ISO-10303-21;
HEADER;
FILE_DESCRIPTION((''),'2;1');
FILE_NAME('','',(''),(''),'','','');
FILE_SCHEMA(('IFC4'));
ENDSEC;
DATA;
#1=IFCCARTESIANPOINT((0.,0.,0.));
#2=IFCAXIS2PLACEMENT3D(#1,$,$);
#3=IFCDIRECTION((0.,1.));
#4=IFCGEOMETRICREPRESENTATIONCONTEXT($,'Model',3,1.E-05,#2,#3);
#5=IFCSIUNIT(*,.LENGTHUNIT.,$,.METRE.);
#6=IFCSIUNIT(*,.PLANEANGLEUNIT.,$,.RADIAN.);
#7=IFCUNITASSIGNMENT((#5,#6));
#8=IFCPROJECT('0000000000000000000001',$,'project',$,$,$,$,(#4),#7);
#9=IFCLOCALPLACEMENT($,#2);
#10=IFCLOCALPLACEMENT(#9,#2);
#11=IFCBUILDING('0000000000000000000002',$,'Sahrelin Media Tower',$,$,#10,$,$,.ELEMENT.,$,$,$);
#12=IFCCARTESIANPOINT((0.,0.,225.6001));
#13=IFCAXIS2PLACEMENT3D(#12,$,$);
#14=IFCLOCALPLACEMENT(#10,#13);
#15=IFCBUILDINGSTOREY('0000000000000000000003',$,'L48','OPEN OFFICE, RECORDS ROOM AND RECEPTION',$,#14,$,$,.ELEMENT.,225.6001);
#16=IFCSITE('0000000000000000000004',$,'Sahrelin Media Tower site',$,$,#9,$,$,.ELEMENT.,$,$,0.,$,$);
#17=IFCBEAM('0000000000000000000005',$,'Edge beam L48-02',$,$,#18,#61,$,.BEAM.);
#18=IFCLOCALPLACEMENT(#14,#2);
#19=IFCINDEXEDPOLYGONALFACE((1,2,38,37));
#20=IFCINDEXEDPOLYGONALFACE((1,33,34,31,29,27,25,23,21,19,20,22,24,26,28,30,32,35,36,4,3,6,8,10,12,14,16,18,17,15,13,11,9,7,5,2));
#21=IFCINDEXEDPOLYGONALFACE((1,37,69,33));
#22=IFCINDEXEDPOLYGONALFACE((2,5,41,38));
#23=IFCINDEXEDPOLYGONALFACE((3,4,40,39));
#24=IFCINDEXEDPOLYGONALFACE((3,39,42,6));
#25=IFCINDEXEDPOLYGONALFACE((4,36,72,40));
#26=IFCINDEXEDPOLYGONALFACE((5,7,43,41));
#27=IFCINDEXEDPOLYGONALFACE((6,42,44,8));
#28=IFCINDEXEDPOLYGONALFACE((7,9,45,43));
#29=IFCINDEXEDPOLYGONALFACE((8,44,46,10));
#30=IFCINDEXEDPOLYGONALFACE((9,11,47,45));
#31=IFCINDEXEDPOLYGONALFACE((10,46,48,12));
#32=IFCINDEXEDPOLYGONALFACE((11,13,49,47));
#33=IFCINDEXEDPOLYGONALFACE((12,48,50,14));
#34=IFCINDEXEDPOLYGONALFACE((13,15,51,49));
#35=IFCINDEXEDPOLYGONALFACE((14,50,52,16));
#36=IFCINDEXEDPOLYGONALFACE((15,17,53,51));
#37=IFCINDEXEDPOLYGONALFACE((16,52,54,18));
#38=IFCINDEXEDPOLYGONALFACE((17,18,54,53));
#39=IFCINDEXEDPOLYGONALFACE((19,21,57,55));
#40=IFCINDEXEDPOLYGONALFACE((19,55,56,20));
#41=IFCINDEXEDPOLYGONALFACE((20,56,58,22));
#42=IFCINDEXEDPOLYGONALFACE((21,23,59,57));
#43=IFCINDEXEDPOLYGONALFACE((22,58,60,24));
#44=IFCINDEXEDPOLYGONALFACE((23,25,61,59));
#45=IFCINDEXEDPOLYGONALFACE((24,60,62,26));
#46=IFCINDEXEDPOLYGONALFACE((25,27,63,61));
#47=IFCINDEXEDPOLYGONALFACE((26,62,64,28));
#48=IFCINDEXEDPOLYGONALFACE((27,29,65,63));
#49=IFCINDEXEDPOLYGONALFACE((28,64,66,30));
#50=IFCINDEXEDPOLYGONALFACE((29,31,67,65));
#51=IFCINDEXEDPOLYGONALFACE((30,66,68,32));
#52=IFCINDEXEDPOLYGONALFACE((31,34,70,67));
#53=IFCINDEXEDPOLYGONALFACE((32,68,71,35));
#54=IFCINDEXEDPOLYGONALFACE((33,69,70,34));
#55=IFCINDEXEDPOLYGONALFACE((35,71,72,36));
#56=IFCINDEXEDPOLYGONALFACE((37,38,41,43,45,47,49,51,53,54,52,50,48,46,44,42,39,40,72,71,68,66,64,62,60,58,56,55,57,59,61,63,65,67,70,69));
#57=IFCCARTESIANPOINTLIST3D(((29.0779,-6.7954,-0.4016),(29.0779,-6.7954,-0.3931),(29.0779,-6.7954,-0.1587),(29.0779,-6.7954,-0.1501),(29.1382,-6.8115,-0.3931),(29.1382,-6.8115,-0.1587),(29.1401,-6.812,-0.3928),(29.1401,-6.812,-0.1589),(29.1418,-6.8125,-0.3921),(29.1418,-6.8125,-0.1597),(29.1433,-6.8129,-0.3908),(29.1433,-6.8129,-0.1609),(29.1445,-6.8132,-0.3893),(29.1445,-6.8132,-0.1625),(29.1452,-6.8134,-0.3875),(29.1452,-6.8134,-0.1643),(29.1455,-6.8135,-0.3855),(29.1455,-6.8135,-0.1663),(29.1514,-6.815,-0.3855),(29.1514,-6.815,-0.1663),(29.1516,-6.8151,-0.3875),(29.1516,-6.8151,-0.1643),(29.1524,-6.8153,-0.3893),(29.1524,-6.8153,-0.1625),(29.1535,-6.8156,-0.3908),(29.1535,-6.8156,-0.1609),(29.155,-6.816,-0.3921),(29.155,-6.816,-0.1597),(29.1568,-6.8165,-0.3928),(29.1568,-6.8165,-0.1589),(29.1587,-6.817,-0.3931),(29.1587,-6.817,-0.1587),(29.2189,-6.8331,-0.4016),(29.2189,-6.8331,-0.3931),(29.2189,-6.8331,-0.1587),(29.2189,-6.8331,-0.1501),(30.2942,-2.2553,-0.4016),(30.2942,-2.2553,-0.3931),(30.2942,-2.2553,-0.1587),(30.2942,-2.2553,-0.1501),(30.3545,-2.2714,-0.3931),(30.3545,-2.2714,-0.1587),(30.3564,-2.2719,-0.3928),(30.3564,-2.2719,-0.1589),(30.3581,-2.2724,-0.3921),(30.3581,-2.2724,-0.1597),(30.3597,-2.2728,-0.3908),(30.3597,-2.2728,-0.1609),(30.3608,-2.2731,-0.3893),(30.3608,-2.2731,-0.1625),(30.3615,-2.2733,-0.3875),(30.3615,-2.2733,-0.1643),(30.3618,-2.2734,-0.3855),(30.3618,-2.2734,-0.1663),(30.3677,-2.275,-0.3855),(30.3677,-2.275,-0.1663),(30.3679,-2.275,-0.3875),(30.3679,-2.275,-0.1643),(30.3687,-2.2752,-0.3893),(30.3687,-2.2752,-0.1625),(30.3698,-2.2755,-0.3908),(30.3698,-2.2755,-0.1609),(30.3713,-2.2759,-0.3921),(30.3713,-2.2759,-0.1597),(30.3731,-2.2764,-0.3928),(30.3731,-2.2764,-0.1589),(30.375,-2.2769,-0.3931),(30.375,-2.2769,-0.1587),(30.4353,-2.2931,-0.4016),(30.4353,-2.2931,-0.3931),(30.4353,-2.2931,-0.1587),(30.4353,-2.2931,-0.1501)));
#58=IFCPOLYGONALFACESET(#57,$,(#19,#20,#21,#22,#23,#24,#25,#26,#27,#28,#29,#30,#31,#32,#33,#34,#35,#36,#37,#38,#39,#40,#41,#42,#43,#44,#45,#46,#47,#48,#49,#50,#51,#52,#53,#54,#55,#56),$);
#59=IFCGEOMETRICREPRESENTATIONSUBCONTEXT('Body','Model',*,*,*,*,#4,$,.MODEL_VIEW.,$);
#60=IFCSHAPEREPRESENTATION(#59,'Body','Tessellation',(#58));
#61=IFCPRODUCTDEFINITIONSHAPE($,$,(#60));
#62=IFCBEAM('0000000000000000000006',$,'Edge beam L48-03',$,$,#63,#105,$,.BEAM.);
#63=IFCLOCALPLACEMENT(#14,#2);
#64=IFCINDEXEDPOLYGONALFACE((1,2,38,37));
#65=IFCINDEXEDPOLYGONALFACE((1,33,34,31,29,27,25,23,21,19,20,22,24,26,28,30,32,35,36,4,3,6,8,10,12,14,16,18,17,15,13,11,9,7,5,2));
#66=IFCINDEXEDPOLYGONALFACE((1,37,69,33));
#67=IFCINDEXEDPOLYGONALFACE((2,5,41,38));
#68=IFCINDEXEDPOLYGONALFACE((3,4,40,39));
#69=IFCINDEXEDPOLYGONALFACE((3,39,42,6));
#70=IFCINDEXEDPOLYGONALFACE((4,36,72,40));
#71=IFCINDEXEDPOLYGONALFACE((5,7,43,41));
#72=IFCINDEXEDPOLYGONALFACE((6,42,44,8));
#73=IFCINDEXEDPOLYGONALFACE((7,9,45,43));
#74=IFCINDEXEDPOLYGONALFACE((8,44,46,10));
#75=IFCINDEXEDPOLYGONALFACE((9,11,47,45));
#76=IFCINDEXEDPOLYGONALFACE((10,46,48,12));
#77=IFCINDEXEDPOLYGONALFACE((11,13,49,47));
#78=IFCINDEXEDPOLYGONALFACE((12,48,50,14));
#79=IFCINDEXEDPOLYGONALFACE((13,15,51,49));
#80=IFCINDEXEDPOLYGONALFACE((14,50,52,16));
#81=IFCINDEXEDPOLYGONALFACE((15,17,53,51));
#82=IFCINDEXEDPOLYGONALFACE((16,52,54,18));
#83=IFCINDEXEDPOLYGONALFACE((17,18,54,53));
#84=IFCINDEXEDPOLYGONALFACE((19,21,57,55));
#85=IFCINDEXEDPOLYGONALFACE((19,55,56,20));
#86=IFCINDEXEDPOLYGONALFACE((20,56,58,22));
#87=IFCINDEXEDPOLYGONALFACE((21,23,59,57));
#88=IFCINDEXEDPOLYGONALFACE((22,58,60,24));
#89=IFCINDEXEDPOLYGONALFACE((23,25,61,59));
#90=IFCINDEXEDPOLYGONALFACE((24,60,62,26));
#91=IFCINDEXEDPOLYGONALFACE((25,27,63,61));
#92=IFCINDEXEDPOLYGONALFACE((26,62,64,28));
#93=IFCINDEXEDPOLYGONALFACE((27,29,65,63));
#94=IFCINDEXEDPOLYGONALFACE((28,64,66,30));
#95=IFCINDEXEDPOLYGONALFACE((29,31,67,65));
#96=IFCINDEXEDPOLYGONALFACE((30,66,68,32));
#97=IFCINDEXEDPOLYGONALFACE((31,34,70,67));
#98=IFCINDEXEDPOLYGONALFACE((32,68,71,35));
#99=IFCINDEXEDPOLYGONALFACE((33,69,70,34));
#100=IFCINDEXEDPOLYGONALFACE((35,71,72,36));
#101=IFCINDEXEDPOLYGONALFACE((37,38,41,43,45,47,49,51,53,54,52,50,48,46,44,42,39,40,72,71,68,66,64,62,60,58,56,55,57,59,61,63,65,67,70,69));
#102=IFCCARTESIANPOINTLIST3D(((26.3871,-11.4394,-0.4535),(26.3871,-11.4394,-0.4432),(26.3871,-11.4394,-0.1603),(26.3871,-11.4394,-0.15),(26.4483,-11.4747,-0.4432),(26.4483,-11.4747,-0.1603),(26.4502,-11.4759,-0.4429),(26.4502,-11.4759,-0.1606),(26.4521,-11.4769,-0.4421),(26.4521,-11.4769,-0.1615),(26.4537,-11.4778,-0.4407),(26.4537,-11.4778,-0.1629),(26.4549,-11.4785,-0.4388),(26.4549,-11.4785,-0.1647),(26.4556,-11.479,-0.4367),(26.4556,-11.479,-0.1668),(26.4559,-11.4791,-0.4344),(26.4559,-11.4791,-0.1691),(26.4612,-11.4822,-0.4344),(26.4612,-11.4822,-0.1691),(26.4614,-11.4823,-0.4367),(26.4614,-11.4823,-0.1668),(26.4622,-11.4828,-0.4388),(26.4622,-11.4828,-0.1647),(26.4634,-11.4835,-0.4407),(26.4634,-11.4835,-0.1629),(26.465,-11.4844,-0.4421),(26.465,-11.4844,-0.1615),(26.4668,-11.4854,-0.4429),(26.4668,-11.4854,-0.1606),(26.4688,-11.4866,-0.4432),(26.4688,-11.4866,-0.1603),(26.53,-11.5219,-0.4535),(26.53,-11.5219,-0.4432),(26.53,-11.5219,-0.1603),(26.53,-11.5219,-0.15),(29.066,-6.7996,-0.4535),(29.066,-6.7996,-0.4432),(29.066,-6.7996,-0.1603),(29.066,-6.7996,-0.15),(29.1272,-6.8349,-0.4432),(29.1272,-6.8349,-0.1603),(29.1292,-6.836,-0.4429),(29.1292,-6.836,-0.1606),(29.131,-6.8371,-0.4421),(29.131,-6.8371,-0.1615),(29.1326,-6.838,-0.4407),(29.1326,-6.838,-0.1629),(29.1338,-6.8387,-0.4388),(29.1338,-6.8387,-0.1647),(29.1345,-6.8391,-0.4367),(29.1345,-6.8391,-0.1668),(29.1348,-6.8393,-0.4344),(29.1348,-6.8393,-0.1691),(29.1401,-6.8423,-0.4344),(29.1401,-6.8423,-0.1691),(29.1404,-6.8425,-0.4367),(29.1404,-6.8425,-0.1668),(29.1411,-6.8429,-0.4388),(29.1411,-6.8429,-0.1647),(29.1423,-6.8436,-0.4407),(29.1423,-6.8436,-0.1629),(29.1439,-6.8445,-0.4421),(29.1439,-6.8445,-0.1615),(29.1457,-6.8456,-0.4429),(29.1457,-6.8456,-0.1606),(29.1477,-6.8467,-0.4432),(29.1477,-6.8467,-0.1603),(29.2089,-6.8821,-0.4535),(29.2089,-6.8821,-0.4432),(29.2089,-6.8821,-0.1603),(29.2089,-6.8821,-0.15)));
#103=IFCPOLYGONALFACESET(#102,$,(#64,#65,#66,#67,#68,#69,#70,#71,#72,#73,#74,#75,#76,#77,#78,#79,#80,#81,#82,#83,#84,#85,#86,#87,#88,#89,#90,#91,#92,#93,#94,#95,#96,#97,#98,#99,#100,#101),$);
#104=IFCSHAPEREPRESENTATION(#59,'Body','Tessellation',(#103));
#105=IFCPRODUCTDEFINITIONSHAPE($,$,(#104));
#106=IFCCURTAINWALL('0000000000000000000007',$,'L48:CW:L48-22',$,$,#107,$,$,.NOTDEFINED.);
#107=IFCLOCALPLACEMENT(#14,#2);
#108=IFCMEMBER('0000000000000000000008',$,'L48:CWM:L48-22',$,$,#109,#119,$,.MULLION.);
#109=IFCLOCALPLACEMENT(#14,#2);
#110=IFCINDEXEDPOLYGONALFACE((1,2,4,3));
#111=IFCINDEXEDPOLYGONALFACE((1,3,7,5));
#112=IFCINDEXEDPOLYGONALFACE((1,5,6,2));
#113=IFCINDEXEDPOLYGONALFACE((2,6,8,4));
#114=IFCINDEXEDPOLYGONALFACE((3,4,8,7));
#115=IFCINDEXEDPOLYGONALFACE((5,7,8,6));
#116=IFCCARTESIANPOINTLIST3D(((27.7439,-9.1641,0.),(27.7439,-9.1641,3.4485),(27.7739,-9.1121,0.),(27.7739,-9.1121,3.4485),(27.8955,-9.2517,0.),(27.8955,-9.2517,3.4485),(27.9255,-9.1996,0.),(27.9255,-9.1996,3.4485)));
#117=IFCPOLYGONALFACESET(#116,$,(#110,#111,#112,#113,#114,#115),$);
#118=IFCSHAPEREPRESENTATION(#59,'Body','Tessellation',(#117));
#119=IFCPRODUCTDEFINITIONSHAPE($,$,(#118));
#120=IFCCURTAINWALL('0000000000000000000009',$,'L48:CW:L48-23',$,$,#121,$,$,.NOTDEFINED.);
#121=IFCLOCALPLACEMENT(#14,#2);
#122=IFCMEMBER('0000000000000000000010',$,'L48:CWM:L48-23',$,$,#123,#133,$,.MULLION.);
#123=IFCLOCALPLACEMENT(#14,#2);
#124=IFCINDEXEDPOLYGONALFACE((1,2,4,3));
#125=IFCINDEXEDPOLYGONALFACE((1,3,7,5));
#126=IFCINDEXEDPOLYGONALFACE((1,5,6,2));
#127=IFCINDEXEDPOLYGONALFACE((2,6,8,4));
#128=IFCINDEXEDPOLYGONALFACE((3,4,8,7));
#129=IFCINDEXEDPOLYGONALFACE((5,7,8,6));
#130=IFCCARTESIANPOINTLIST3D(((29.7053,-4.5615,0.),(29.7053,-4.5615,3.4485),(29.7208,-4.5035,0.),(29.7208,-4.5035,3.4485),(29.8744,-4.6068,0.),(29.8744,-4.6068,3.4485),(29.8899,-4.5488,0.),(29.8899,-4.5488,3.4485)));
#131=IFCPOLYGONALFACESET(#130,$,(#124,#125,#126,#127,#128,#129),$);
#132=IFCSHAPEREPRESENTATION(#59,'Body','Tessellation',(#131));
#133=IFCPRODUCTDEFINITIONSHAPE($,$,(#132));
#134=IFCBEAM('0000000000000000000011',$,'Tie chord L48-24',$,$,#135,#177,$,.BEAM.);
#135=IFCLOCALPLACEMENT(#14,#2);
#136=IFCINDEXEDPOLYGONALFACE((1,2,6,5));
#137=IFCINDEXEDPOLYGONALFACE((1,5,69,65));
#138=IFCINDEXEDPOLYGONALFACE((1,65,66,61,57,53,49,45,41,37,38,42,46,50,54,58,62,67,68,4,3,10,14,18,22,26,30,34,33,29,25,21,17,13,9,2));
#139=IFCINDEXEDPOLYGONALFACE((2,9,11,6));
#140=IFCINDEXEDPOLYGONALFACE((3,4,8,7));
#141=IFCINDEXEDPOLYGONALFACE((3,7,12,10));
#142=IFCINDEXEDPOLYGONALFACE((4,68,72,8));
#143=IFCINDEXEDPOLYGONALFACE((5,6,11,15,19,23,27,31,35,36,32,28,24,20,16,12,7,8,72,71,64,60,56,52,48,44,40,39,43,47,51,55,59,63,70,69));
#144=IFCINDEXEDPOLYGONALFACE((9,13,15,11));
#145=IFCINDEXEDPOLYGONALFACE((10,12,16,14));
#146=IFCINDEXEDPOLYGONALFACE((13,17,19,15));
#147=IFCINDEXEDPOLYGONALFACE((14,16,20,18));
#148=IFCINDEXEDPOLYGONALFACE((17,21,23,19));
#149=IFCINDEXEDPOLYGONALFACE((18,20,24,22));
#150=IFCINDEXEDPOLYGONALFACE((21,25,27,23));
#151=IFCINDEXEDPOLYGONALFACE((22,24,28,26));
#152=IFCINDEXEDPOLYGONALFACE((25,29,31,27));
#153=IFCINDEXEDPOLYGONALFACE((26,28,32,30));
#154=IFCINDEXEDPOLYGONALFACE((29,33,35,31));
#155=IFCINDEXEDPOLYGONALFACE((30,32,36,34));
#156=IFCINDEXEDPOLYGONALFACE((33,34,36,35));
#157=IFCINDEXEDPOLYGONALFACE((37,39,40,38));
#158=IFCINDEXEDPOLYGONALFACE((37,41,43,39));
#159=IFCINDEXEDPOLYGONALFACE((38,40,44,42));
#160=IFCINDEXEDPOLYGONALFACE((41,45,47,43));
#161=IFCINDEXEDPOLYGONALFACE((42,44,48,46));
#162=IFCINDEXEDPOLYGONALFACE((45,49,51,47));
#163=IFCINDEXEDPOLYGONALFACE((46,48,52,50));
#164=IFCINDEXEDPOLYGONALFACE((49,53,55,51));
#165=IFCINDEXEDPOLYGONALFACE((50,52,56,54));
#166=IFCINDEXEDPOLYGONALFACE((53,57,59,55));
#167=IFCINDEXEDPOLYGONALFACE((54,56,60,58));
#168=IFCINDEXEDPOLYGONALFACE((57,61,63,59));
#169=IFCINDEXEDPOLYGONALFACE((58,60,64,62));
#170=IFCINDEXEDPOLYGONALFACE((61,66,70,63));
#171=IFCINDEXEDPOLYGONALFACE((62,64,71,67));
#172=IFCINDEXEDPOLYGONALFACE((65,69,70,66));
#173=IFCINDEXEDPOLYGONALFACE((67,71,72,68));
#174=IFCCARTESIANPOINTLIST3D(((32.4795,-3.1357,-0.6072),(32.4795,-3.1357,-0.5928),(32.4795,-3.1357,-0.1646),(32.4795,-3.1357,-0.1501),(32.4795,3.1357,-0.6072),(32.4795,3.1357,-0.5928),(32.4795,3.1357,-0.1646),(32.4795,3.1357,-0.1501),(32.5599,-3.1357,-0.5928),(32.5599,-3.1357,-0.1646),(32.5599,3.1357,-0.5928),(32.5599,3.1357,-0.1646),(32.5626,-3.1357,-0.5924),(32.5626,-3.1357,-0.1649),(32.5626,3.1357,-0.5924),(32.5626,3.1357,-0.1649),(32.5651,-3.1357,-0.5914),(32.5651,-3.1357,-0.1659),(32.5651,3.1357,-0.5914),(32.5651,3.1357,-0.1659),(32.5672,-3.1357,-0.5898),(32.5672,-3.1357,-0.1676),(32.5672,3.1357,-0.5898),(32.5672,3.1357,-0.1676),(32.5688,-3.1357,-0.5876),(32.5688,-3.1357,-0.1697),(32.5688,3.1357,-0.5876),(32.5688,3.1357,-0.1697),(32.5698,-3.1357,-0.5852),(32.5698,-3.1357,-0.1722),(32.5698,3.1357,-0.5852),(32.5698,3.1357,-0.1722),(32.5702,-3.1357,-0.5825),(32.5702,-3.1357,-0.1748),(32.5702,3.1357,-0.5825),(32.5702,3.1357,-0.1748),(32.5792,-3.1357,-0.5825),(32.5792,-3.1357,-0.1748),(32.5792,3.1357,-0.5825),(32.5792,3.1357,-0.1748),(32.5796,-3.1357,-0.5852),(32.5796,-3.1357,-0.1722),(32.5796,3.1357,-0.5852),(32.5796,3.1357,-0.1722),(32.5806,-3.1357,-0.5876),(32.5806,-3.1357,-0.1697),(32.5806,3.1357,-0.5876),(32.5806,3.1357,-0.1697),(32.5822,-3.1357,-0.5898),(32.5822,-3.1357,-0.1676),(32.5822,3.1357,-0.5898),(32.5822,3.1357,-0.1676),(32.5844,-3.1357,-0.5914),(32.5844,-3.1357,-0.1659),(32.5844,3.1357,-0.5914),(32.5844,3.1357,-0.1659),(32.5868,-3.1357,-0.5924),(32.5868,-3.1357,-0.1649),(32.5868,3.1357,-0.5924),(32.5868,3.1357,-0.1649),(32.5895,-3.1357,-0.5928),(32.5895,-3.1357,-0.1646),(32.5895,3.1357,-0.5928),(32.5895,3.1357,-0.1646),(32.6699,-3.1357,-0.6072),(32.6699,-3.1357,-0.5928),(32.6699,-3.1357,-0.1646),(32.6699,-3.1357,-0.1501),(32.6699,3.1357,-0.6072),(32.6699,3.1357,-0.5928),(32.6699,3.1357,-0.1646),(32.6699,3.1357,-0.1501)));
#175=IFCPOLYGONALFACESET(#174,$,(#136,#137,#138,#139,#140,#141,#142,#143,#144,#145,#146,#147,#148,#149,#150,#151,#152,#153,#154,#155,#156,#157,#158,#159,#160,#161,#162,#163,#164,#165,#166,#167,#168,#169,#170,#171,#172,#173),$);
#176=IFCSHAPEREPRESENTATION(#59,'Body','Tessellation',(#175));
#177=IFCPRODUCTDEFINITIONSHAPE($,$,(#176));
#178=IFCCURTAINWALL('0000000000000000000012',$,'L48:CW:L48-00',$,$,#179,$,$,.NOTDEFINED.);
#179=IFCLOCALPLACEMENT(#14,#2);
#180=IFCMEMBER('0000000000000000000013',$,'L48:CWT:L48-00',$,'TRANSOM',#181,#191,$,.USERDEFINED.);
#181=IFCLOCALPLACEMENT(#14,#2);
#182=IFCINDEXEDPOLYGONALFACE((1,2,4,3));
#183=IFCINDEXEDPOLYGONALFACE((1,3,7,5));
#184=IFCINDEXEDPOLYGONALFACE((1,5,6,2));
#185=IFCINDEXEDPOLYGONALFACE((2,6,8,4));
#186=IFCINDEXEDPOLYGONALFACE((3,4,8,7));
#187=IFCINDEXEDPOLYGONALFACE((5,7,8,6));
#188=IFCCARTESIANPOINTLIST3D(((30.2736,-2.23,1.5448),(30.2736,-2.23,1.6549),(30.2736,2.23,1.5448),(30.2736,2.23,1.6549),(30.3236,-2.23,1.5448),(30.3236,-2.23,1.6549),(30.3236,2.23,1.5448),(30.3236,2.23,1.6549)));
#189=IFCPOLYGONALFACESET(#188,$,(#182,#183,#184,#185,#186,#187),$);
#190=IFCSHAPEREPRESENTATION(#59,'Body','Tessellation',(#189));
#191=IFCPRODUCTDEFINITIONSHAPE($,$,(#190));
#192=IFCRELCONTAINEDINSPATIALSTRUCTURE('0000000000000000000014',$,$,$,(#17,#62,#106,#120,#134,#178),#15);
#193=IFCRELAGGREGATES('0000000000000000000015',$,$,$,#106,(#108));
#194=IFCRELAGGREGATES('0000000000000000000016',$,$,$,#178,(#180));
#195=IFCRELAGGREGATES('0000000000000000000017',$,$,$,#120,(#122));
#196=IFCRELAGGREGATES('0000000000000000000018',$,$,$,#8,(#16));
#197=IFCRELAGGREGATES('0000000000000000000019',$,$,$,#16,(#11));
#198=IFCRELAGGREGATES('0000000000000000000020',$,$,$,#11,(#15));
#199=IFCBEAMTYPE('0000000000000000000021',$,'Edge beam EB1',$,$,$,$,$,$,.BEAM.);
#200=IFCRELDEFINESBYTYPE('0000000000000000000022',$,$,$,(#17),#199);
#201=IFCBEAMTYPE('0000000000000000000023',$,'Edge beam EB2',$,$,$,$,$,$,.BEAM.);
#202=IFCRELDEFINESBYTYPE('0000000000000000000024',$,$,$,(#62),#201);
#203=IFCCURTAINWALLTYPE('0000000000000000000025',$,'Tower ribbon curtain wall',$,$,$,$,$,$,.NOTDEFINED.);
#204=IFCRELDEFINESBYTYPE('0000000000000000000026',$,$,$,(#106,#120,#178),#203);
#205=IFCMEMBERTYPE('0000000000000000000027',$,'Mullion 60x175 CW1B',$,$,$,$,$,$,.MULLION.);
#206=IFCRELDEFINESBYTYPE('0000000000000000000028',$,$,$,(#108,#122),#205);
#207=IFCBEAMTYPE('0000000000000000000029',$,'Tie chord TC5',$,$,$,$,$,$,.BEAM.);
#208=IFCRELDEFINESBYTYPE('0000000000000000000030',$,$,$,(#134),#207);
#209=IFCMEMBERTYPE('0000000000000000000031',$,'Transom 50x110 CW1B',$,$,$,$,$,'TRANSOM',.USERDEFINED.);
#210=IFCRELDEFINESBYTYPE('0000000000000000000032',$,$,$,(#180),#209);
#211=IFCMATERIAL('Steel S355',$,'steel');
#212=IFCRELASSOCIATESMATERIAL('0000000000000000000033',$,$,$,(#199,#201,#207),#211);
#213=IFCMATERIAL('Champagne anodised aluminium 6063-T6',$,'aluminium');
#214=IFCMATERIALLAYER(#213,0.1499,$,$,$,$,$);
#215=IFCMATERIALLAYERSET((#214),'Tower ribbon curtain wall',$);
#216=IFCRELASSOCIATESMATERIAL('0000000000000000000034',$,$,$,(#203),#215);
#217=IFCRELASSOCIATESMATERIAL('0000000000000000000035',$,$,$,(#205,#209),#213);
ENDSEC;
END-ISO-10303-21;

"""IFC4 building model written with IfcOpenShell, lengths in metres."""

from ifc_helpers import new_model, si_unit, direction, frame, origin, origin_2d, place, context, subcontext, project, spatial, rectangle, i_section, extrude, material, layer, layer_set, material_profile, profile_set, type_object, element, aggregate, save


model = new_model("IFC4")

# Units and contexts
model_context = context("Model", 3, precision=1e-05, world=origin(), true_north=direction((0.0, 1.0)))
body_context = subcontext(model_context, "Body", "Model", "MODEL_VIEW")
ifc_project = project(units=[si_unit("LENGTHUNIT", "METRE"), si_unit("PLANEANGLEUNIT", "RADIAN")], contexts=[model_context])

# Site, building, storey
site_placement = place(None, origin())
site = spatial("IfcSite", under=ifc_project, at=site_placement, Name="Sahrelin Media Tower site", CompositionType="ELEMENT", RefElevation=0.0)
building_placement = place(site_placement, origin())
building = spatial("IfcBuilding", under=site, at=building_placement, Name="Sahrelin Media Tower", CompositionType="ELEMENT")
storey_placement = place(building_placement, frame((0.0, 0.0, 225.6001)))
storey = spatial("IfcBuildingStorey", under=building, at=storey_placement, Name="L48", Description="OPEN OFFICE, RECORDS ROOM AND RECEPTION", CompositionType="ELEMENT", Elevation=225.6001)

# Beams
ifc_material_1 = material(Name="Steel S355", Category="steel")
ifc_material_profile_1 = material_profile(ifc_material_1, i_section(OverallWidth=0.146, OverallDepth=0.2515, WebThickness=0.0061, FlangeThickness=0.0085, FilletRadius=0.0076, at=origin_2d()), Name="UB 254x146x31")
ifc_profile_set_1 = profile_set([ifc_material_profile_1], Name="Steel S355")
beam_type_1 = type_object("IfcBeamType", Name="Edge beam EB1", PredefinedType="BEAM", material=ifc_profile_set_1)
beam_1_placement = place(storey_placement, frame((30.3647, -2.2742, -0.2759), z_axis=(-0.258781, -0.965936, 0.0), x_axis=(0.965936, -0.258781, 0.0)))
element("IfcBeam", 1, at=beam_1_placement, inside=storey, type_object=beam_type_1, Name="Edge beam L48-02", PredefinedType="BEAM", context=body_context, shape_type="SweptSolid", body=[
    extrude(i_section(OverallWidth=0.146, OverallDepth=0.2515, WebThickness=0.0061, FlangeThickness=0.0085, FilletRadius=0.0076, at=origin_2d()), origin(), (0.0, 0.0, 1.0), 4.7002),
])
ifc_material_profile_2 = material_profile(ifc_material_1, i_section(OverallWidth=0.165, OverallDepth=0.3035, WebThickness=0.0061, FlangeThickness=0.0103, FilletRadius=0.0088, at=origin_2d()), Name="UB 305x165x40")
ifc_profile_set_2 = profile_set([ifc_material_profile_2], Name="Steel S355")
beam_type_2 = type_object("IfcBeamType", Name="Edge beam EB2", PredefinedType="BEAM", material=ifc_profile_set_2)
beam_2_placement = place(storey_placement, frame((29.1375, -6.8408, -0.3018), z_axis=(-0.500016, -0.866016, 0.0), x_axis=(0.866016, -0.500016, 0.0)))
element("IfcBeam", 2, at=beam_2_placement, inside=storey, type_object=beam_type_2, Name="Edge beam L48-03", PredefinedType="BEAM", context=body_context, shape_type="SweptSolid", body=[
    extrude(i_section(OverallWidth=0.165, OverallDepth=0.3035, WebThickness=0.0061, FlangeThickness=0.0103, FilletRadius=0.0088, at=origin_2d()), origin(), (0.0, 0.0, 1.0), 5.3577),
])

# Curtain walls, members
ifc_material_2 = material(Name="Champagne anodised aluminium 6063-T6", Category="aluminium")
ifc_layer_1 = layer(ifc_material_2, 0.1499)
ifc_layer_set_1 = layer_set([ifc_layer_1], Name="Tower ribbon curtain wall")
curtain_wall_type = type_object("IfcCurtainWallType", Name="Tower ribbon curtain wall", PredefinedType="NOTDEFINED", material=ifc_layer_set_1)
curtain_wall_1_placement = place(storey_placement, frame((27.9277, -9.2356, 0.0), z_axis=(0.0, 0.0, 1.0), x_axis=(1.0, 0.0, 0.0)))
curtain_wall_1 = element("IfcCurtainWall", 3, at=curtain_wall_1_placement, inside=storey, type_object=curtain_wall_type, Name="L48:CW:L48-22", PredefinedType="NOTDEFINED")
ifc_material_profile_3 = material_profile(ifc_material_2, rectangle(XDim=0.0601, YDim=0.175, at=origin_2d()), Name="Mullion 60x175")
ifc_profile_set_3 = profile_set([ifc_material_profile_3], Name="Champagne anodised aluminium 6063-T6")
member_type_1 = type_object("IfcMemberType", Name="Mullion 60x175 CW1B", PredefinedType="MULLION", material=ifc_profile_set_3)
member_1_placement = place(storey_placement, frame((27.8347, -9.1819, 0.0), z_axis=(0.0, 0.0, 1.0), x_axis=(0.500002, 0.866025, 0.0)))
member_1 = element("IfcMember", 4, at=member_1_placement, type_object=member_type_1, Name="L48:CWM:L48-22", PredefinedType="MULLION", context=body_context, shape_type="SweptSolid", body=[
    extrude(rectangle(XDim=0.0601, YDim=0.175, at=origin_2d()), origin(), (0.0, 0.0, 1.0), 3.4485),
])
aggregate(curtain_wall_1, [member_1])
curtain_wall_2_placement = place(storey_placement, frame((29.9016, -4.583, 0.0), z_axis=(0.0, 0.0, 1.0), x_axis=(1.0, 0.0, 0.0)))
curtain_wall_2 = element("IfcCurtainWall", 5, at=curtain_wall_2_placement, inside=storey, type_object=curtain_wall_type, Name="L48:CW:L48-23", PredefinedType="NOTDEFINED")
member_2_placement = place(storey_placement, frame((29.7976, -4.5552, 0.0), z_axis=(0.0, 0.0, 1.0), x_axis=(0.258814, 0.965927, 0.0)))
member_2 = element("IfcMember", 6, at=member_2_placement, type_object=member_type_1, Name="L48:CWM:L48-23", PredefinedType="MULLION", context=body_context, shape_type="SweptSolid", body=[
    extrude(rectangle(XDim=0.0601, YDim=0.175, at=origin_2d()), origin(), (0.0, 0.0, 1.0), 3.4485),
])

# Beam
ifc_material_profile_4 = material_profile(ifc_material_1, i_section(OverallWidth=0.1904, OverallDepth=0.457, WebThickness=0.009, FlangeThickness=0.0144, FilletRadius=0.0103, at=origin_2d()), Name="UB 457x191x74")
ifc_profile_set_4 = profile_set([ifc_material_profile_4], Name="Steel S355")
beam_type_3 = type_object("IfcBeamType", Name="Tie chord TC5", PredefinedType="BEAM", material=ifc_profile_set_4)
beam_3_placement = place(storey_placement, frame((32.5747, -3.1357, -0.3787), z_axis=(0.0, 1.0, 0.0), x_axis=(-1.0, 0.0, 0.0)))
element("IfcBeam", 7, at=beam_3_placement, inside=storey, type_object=beam_type_3, Name="Tie chord L48-24", PredefinedType="BEAM", context=body_context, shape_type="SweptSolid", body=[
    extrude(i_section(OverallWidth=0.1904, OverallDepth=0.457, WebThickness=0.009, FlangeThickness=0.0144, FilletRadius=0.0103, at=origin_2d()), origin(), (0.0, 0.0, 1.0), 6.2715),
])

# Curtain wall, member
curtain_wall_3_placement = place(storey_placement, frame((30.5186, 0.0, 0.0), z_axis=(0.0, 0.0, 1.0), x_axis=(1.0, 0.0, 0.0)))
curtain_wall_3 = element("IfcCurtainWall", 8, at=curtain_wall_3_placement, inside=storey, type_object=curtain_wall_type, Name="L48:CW:L48-00", PredefinedType="NOTDEFINED")
ifc_material_profile_5 = material_profile(ifc_material_2, rectangle(XDim=0.05, YDim=0.1101, at=origin_2d()), Name="Transom 50x110")
ifc_profile_set_5 = profile_set([ifc_material_profile_5], Name="Champagne anodised aluminium 6063-T6")
member_type_2 = type_object("IfcMemberType", Name="Transom 50x110 CW1B", ElementType="TRANSOM", PredefinedType="USERDEFINED", material=ifc_profile_set_5)
member_3_placement = place(storey_placement, frame((30.2986, -2.23, 1.5999), z_axis=(0.0, 1.0, 0.0), x_axis=(-1.0, 0.0, 0.0)))
member_3 = element("IfcMember", 9, at=member_3_placement, type_object=member_type_2, Name="L48:CWT:L48-00", ObjectType="TRANSOM", PredefinedType="USERDEFINED", context=body_context, shape_type="SweptSolid", body=[
    extrude(rectangle(XDim=0.05, YDim=0.1101, at=origin_2d()), origin(), (0.0, 0.0, 1.0), 4.46),
])

aggregate(curtain_wall_3, [member_3])
aggregate(curtain_wall_2, [member_2])

save(model, "model.ifc")
